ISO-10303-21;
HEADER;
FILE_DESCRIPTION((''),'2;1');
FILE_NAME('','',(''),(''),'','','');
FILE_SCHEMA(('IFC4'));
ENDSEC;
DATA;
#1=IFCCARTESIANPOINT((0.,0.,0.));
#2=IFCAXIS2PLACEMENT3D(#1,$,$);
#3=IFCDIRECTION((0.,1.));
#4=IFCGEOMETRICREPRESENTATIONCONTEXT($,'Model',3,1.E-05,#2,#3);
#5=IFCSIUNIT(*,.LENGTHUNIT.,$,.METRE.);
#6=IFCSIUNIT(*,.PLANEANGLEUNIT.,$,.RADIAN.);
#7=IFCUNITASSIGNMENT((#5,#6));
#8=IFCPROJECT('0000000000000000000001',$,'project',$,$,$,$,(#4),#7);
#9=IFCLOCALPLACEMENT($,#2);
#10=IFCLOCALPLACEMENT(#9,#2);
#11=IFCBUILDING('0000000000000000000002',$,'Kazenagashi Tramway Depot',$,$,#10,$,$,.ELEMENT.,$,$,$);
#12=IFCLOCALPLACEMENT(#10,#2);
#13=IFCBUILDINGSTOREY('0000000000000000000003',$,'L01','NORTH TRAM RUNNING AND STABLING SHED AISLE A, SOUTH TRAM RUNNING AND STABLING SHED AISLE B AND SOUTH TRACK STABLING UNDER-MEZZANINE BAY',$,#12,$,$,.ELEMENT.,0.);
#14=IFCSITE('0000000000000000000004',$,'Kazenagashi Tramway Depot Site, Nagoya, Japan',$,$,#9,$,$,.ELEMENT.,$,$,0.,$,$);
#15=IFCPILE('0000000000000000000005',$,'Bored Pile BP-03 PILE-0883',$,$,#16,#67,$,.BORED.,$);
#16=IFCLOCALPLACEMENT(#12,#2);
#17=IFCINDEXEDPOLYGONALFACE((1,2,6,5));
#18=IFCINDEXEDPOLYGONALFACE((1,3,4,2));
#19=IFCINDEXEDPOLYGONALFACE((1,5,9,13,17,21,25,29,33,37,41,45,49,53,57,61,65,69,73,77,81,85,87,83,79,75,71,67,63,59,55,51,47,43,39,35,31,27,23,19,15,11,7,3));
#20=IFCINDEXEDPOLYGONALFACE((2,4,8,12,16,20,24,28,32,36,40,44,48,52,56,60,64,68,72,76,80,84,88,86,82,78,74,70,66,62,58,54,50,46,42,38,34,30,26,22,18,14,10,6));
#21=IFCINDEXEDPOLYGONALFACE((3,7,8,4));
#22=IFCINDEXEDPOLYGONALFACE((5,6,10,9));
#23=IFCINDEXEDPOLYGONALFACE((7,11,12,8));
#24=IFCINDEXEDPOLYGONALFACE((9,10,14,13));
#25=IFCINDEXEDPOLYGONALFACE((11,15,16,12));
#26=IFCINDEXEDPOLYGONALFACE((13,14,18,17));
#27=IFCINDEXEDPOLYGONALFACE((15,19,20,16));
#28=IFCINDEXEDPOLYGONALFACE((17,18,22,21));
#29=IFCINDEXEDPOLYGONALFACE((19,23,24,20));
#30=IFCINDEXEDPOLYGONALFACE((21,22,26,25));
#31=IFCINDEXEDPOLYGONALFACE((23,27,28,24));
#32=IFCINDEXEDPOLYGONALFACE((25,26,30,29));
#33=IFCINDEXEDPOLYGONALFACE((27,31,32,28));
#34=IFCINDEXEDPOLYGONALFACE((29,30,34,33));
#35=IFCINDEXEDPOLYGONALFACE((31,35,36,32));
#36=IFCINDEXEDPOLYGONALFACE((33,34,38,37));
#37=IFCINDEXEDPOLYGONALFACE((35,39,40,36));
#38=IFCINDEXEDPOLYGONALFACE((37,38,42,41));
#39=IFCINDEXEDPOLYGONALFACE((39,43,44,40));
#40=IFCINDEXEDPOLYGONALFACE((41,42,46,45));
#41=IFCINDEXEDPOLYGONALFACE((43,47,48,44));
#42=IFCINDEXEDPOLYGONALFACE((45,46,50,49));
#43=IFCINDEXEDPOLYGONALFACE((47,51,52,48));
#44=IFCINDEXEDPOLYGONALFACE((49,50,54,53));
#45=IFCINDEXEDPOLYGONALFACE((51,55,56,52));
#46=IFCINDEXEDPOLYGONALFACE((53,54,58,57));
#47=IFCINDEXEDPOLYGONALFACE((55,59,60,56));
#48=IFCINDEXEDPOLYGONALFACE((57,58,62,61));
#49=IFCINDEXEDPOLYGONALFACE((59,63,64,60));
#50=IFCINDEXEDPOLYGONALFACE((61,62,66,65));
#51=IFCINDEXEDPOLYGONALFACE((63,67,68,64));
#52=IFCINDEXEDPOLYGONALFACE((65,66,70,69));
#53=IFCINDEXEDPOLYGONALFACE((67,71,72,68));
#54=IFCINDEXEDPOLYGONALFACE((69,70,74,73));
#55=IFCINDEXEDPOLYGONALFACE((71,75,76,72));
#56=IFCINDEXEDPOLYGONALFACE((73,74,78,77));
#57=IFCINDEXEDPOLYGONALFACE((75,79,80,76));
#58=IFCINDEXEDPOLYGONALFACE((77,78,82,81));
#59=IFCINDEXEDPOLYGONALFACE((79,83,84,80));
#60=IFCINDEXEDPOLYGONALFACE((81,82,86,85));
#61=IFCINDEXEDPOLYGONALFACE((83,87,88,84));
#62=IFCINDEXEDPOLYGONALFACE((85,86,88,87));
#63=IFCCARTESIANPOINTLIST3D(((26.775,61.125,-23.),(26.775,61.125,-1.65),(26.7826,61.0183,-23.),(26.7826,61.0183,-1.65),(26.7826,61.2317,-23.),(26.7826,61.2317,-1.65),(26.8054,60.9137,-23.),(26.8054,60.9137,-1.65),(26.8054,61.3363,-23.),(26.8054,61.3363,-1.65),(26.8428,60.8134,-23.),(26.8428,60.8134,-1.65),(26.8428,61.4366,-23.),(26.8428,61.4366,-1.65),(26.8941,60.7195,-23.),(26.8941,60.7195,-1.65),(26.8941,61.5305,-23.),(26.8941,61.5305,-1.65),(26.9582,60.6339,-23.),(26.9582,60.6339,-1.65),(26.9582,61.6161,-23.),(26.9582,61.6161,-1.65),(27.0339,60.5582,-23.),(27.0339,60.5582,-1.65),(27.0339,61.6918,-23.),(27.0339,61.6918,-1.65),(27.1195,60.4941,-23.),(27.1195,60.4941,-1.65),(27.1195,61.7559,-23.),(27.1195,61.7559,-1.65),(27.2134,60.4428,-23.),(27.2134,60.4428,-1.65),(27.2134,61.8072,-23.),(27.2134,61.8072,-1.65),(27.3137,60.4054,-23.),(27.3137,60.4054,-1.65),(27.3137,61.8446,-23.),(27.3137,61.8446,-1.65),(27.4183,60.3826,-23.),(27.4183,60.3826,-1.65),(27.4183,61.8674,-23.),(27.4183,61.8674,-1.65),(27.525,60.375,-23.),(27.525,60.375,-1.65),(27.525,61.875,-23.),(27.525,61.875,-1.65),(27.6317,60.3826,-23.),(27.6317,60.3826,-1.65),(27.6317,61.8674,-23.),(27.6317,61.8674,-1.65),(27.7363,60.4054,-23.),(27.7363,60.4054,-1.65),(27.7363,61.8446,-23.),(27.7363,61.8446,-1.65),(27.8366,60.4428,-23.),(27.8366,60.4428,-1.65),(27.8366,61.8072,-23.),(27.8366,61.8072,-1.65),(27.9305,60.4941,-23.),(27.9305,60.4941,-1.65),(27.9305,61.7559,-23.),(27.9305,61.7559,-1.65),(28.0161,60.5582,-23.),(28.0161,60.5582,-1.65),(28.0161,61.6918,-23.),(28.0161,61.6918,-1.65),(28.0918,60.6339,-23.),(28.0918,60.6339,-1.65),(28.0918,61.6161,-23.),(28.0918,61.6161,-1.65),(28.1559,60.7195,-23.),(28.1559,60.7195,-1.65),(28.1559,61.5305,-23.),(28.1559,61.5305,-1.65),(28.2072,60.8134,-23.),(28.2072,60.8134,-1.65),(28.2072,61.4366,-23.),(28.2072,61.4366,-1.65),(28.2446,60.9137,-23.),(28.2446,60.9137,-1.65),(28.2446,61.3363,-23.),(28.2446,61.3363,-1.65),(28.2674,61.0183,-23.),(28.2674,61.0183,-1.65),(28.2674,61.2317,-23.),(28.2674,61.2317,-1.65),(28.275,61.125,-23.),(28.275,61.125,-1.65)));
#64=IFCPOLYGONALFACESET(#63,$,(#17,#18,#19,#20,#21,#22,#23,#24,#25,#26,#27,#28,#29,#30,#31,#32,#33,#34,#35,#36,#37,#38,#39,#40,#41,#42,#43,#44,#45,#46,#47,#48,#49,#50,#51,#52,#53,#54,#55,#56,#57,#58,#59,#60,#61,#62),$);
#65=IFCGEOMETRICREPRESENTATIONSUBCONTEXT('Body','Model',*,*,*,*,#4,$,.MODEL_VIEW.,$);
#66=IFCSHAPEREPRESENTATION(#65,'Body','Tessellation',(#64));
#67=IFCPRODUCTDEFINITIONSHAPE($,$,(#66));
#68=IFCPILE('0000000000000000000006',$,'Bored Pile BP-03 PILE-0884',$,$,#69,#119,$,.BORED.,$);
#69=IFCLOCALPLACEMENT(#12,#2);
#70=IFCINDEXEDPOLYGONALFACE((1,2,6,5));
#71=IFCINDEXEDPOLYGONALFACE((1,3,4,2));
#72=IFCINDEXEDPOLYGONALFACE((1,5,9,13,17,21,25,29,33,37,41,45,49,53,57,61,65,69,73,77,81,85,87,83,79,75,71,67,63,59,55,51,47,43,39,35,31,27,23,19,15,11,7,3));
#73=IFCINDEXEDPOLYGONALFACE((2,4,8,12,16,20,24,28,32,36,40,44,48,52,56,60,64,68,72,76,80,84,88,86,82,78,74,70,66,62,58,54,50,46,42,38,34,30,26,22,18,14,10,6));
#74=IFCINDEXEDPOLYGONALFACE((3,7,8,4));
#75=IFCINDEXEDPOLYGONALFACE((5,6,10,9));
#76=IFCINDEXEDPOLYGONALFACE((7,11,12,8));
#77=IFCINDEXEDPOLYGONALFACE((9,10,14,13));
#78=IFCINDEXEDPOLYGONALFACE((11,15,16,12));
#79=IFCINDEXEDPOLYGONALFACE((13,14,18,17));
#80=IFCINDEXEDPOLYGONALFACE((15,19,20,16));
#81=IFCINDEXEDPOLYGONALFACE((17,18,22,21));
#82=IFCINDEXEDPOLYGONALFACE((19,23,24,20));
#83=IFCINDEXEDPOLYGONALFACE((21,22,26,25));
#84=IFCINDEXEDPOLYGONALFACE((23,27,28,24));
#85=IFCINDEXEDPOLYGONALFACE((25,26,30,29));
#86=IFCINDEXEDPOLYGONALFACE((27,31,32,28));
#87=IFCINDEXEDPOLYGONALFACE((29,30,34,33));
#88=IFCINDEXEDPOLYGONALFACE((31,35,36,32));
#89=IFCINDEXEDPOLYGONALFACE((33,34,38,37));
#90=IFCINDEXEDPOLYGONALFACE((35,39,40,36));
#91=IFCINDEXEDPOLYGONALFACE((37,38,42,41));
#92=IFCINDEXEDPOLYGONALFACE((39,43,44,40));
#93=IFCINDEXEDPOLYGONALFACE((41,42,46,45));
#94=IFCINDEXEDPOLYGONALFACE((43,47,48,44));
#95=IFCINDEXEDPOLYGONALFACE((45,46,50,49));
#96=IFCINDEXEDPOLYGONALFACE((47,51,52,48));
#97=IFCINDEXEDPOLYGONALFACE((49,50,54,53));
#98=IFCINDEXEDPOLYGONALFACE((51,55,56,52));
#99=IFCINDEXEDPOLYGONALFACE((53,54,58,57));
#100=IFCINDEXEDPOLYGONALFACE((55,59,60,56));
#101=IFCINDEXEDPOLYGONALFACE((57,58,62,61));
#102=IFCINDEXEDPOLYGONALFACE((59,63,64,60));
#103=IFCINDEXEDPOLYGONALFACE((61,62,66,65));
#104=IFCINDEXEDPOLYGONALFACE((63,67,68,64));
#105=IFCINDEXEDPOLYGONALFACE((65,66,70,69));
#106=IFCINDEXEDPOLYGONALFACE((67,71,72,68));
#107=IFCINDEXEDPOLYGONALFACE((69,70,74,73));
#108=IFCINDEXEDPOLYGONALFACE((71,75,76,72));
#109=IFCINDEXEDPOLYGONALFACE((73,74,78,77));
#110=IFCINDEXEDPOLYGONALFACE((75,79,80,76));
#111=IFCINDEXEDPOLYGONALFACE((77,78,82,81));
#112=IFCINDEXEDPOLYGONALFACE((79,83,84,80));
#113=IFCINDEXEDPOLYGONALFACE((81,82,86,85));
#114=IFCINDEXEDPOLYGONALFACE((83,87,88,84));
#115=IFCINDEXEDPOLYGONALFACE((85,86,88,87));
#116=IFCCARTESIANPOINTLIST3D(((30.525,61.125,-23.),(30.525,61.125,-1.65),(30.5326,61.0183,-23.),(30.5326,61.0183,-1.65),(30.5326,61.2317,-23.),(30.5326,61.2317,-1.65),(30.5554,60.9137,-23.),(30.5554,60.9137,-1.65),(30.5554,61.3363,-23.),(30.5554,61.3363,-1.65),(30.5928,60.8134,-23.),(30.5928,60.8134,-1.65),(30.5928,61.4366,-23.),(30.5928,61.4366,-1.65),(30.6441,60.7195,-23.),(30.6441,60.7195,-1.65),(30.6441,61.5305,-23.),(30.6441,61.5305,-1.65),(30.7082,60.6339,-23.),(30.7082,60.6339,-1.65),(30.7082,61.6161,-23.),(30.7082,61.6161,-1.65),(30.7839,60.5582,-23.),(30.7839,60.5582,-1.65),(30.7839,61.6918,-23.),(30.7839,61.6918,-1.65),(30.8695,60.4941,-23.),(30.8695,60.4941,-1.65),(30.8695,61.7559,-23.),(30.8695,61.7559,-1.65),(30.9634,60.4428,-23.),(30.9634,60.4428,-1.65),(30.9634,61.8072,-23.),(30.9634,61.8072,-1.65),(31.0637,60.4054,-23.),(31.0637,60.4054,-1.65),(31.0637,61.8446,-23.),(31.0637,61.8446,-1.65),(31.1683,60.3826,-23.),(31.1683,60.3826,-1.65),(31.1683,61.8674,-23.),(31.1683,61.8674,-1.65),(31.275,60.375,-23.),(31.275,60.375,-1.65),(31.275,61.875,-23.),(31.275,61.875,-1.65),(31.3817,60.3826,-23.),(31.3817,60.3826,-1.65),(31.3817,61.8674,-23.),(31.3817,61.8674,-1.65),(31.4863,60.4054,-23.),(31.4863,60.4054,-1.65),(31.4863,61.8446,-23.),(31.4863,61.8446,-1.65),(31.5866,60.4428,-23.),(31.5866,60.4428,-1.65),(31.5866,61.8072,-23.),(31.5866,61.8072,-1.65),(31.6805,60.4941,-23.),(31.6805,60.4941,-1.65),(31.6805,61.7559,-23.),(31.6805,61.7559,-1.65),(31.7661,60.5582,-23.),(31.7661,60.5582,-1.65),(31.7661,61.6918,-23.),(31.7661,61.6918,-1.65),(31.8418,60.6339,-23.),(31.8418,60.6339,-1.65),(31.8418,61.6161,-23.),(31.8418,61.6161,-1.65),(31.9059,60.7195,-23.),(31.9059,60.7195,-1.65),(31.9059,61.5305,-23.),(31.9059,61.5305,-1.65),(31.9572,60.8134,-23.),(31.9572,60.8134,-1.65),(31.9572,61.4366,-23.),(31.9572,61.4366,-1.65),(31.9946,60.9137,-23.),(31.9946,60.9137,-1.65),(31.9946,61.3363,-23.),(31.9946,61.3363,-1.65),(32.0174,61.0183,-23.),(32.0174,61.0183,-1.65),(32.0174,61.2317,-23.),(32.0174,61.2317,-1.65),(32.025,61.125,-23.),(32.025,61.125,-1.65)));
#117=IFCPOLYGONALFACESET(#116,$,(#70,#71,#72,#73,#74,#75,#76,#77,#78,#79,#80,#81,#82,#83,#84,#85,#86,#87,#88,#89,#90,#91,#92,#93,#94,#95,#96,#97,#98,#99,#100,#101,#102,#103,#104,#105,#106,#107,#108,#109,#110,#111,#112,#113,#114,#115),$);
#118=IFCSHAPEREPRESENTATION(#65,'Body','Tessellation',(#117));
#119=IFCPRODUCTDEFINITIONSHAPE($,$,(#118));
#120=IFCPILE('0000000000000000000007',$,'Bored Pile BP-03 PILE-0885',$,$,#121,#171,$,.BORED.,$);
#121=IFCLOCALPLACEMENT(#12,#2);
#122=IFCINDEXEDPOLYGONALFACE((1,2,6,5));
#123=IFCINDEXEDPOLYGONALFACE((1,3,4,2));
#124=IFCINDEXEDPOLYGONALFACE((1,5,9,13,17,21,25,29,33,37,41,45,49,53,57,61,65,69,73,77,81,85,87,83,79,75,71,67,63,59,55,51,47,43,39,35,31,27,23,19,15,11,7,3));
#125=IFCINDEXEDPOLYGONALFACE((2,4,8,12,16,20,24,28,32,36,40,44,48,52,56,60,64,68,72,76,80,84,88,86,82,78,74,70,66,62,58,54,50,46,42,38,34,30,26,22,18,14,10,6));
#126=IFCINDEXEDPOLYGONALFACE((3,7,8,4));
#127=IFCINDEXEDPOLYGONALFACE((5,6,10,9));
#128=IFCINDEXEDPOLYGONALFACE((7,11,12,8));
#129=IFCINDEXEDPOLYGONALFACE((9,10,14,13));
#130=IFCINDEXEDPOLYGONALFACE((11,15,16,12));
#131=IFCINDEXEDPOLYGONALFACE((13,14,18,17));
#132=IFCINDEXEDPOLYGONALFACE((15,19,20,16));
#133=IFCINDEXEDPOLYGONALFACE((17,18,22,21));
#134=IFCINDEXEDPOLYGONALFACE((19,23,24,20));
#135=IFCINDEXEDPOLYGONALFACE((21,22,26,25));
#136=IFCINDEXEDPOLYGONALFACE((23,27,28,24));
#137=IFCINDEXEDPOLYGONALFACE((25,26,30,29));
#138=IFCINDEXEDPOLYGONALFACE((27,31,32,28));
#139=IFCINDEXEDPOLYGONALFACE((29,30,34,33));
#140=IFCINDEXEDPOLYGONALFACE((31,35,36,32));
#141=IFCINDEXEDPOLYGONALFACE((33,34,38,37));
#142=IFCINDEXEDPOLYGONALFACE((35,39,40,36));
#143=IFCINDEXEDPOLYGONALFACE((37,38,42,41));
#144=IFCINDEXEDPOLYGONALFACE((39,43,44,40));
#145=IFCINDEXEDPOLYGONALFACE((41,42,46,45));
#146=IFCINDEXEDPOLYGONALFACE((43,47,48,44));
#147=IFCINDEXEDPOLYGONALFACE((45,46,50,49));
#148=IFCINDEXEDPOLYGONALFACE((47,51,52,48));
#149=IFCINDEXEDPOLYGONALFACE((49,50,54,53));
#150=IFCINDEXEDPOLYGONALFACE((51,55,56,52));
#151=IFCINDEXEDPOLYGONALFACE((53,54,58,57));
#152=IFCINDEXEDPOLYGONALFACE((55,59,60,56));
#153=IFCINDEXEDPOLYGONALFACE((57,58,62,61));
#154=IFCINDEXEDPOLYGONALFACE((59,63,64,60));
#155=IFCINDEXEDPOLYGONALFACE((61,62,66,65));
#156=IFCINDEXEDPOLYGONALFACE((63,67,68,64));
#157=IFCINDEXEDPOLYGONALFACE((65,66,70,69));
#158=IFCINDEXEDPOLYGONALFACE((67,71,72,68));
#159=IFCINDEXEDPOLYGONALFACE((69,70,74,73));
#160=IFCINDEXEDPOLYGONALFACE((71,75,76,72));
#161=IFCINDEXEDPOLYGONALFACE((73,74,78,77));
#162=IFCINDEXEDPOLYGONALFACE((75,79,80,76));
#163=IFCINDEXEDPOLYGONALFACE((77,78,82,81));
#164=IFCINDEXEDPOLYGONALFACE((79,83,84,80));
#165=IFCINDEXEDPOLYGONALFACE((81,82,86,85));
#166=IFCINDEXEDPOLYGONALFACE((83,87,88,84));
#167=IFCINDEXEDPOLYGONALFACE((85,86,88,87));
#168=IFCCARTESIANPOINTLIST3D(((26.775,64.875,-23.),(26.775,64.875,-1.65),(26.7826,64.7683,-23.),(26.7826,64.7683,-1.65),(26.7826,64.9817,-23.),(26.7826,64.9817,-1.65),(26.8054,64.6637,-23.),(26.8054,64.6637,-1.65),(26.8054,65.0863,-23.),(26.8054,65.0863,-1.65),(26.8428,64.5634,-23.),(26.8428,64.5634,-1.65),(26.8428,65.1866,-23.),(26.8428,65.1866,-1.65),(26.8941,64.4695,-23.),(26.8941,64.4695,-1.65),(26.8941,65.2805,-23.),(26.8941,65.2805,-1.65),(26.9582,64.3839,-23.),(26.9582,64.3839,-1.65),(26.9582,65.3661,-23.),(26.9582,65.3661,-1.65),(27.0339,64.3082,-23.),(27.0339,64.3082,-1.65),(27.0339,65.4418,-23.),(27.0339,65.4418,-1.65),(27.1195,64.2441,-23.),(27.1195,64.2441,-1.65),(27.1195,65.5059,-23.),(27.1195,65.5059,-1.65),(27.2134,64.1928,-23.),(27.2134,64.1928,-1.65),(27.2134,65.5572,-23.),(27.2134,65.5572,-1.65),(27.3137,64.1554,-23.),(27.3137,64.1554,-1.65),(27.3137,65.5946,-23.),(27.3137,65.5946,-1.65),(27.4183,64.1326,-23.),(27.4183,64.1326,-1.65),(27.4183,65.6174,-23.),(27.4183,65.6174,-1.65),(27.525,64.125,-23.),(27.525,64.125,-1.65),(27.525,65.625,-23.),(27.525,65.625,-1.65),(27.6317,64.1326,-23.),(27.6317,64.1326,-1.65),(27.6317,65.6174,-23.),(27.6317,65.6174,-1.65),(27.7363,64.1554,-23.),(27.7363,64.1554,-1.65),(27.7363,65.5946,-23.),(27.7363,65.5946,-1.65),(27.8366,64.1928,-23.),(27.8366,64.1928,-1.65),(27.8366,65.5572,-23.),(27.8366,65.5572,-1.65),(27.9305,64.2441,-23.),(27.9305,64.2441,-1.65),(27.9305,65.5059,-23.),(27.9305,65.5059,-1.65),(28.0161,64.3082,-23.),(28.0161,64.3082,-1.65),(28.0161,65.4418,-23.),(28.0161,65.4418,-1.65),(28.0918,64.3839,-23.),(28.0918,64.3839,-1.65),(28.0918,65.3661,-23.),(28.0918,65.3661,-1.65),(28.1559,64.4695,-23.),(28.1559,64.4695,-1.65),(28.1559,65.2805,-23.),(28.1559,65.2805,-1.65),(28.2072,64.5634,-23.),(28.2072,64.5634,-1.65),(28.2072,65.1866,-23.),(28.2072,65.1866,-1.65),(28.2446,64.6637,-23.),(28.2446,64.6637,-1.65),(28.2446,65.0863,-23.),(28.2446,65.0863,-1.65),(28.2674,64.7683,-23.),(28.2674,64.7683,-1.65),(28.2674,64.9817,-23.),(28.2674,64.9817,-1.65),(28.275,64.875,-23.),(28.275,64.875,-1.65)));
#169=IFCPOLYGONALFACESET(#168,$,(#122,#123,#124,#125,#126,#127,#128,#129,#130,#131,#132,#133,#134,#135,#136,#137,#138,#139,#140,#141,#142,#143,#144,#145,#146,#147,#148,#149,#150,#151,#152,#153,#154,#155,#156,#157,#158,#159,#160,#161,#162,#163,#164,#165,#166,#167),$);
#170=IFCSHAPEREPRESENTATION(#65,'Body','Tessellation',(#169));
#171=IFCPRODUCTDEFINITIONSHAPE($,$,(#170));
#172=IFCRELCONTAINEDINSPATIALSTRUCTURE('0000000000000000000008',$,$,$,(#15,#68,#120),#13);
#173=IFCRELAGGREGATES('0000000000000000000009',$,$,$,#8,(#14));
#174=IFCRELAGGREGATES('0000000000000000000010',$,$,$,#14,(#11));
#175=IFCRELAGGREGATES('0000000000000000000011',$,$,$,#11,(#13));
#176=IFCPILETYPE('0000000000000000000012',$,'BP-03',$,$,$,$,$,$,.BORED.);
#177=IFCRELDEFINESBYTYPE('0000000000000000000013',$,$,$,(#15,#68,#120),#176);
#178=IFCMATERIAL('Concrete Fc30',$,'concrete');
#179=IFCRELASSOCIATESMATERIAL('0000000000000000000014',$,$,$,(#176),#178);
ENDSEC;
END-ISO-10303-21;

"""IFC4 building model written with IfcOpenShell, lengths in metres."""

from ifc_helpers import new_model, si_unit, direction, frame, origin, origin_2d, place, context, subcontext, project, spatial, circle, extrude, material, material_profile, profile_set, type_object, element, save


model = new_model("IFC4")

# Units and contexts
model_context = context("Model", 3, precision=1e-05, world=origin(), true_north=direction((0.0, 1.0)))
body_context = subcontext(model_context, "Body", "Model", "MODEL_VIEW")
ifc_project = project(units=[si_unit("LENGTHUNIT", "METRE"), si_unit("PLANEANGLEUNIT", "RADIAN")], contexts=[model_context])

# Site, building, storey
site_placement = place(None, origin())
site = spatial("IfcSite", under=ifc_project, at=site_placement, Name="Kazenagashi Tramway Depot Site, Nagoya, Japan", CompositionType="ELEMENT", RefElevation=0.0)
building_placement = place(site_placement, origin())
building = spatial("IfcBuilding", under=site, at=building_placement, Name="Kazenagashi Tramway Depot", CompositionType="ELEMENT")
storey_placement = place(building_placement, origin())
storey = spatial("IfcBuildingStorey", under=building, at=storey_placement, Name="L01", Description="NORTH TRAM RUNNING AND STABLING SHED AISLE A, SOUTH TRAM RUNNING AND STABLING SHED AISLE B AND SOUTH TRACK STABLING UNDER-MEZZANINE BAY", CompositionType="ELEMENT", Elevation=0.0)

# Piles
ifc_material_1 = material(Name="Concrete Fc30", Category="concrete")
ifc_material_profile_1 = material_profile(ifc_material_1, circle(Radius=0.75, at=origin_2d()), Name="PILE-1500")
ifc_profile_set_1 = profile_set([ifc_material_profile_1], Name="Concrete Fc30")
pile_type_1 = type_object("IfcPileType", Name="BP-03", PredefinedType="BORED", material=ifc_profile_set_1)
for number, where, z_axis, x_axis, name in (
    (1, (27.525, 61.125, -1.65), (0.0, 0.0, -1.0), (1.0, 0.0, 0.0), "Bored Pile BP-03 PILE-0883"),
    (2, (31.275, 61.125, -1.65), (0.0, 0.0, -1.0), (1.0, 0.0, 0.0), "Bored Pile BP-03 PILE-0884"),
    (3, (27.525, 64.875, -1.65), (0.0, 0.0, -1.0), (1.0, 0.0, 0.0), "Bored Pile BP-03 PILE-0885"),
):
    element("IfcPile", number, at=place(storey_placement, frame(where, z_axis=z_axis, x_axis=x_axis)), inside=storey, type_object=pile_type_1, Name=name, PredefinedType="BORED", context=body_context, shape_type="SweptSolid", body=[
        extrude(circle(Radius=0.75, at=origin_2d()), origin(), (0.0, 0.0, 1.0), 21.35),
    ])

save(model, "model.ifc")
